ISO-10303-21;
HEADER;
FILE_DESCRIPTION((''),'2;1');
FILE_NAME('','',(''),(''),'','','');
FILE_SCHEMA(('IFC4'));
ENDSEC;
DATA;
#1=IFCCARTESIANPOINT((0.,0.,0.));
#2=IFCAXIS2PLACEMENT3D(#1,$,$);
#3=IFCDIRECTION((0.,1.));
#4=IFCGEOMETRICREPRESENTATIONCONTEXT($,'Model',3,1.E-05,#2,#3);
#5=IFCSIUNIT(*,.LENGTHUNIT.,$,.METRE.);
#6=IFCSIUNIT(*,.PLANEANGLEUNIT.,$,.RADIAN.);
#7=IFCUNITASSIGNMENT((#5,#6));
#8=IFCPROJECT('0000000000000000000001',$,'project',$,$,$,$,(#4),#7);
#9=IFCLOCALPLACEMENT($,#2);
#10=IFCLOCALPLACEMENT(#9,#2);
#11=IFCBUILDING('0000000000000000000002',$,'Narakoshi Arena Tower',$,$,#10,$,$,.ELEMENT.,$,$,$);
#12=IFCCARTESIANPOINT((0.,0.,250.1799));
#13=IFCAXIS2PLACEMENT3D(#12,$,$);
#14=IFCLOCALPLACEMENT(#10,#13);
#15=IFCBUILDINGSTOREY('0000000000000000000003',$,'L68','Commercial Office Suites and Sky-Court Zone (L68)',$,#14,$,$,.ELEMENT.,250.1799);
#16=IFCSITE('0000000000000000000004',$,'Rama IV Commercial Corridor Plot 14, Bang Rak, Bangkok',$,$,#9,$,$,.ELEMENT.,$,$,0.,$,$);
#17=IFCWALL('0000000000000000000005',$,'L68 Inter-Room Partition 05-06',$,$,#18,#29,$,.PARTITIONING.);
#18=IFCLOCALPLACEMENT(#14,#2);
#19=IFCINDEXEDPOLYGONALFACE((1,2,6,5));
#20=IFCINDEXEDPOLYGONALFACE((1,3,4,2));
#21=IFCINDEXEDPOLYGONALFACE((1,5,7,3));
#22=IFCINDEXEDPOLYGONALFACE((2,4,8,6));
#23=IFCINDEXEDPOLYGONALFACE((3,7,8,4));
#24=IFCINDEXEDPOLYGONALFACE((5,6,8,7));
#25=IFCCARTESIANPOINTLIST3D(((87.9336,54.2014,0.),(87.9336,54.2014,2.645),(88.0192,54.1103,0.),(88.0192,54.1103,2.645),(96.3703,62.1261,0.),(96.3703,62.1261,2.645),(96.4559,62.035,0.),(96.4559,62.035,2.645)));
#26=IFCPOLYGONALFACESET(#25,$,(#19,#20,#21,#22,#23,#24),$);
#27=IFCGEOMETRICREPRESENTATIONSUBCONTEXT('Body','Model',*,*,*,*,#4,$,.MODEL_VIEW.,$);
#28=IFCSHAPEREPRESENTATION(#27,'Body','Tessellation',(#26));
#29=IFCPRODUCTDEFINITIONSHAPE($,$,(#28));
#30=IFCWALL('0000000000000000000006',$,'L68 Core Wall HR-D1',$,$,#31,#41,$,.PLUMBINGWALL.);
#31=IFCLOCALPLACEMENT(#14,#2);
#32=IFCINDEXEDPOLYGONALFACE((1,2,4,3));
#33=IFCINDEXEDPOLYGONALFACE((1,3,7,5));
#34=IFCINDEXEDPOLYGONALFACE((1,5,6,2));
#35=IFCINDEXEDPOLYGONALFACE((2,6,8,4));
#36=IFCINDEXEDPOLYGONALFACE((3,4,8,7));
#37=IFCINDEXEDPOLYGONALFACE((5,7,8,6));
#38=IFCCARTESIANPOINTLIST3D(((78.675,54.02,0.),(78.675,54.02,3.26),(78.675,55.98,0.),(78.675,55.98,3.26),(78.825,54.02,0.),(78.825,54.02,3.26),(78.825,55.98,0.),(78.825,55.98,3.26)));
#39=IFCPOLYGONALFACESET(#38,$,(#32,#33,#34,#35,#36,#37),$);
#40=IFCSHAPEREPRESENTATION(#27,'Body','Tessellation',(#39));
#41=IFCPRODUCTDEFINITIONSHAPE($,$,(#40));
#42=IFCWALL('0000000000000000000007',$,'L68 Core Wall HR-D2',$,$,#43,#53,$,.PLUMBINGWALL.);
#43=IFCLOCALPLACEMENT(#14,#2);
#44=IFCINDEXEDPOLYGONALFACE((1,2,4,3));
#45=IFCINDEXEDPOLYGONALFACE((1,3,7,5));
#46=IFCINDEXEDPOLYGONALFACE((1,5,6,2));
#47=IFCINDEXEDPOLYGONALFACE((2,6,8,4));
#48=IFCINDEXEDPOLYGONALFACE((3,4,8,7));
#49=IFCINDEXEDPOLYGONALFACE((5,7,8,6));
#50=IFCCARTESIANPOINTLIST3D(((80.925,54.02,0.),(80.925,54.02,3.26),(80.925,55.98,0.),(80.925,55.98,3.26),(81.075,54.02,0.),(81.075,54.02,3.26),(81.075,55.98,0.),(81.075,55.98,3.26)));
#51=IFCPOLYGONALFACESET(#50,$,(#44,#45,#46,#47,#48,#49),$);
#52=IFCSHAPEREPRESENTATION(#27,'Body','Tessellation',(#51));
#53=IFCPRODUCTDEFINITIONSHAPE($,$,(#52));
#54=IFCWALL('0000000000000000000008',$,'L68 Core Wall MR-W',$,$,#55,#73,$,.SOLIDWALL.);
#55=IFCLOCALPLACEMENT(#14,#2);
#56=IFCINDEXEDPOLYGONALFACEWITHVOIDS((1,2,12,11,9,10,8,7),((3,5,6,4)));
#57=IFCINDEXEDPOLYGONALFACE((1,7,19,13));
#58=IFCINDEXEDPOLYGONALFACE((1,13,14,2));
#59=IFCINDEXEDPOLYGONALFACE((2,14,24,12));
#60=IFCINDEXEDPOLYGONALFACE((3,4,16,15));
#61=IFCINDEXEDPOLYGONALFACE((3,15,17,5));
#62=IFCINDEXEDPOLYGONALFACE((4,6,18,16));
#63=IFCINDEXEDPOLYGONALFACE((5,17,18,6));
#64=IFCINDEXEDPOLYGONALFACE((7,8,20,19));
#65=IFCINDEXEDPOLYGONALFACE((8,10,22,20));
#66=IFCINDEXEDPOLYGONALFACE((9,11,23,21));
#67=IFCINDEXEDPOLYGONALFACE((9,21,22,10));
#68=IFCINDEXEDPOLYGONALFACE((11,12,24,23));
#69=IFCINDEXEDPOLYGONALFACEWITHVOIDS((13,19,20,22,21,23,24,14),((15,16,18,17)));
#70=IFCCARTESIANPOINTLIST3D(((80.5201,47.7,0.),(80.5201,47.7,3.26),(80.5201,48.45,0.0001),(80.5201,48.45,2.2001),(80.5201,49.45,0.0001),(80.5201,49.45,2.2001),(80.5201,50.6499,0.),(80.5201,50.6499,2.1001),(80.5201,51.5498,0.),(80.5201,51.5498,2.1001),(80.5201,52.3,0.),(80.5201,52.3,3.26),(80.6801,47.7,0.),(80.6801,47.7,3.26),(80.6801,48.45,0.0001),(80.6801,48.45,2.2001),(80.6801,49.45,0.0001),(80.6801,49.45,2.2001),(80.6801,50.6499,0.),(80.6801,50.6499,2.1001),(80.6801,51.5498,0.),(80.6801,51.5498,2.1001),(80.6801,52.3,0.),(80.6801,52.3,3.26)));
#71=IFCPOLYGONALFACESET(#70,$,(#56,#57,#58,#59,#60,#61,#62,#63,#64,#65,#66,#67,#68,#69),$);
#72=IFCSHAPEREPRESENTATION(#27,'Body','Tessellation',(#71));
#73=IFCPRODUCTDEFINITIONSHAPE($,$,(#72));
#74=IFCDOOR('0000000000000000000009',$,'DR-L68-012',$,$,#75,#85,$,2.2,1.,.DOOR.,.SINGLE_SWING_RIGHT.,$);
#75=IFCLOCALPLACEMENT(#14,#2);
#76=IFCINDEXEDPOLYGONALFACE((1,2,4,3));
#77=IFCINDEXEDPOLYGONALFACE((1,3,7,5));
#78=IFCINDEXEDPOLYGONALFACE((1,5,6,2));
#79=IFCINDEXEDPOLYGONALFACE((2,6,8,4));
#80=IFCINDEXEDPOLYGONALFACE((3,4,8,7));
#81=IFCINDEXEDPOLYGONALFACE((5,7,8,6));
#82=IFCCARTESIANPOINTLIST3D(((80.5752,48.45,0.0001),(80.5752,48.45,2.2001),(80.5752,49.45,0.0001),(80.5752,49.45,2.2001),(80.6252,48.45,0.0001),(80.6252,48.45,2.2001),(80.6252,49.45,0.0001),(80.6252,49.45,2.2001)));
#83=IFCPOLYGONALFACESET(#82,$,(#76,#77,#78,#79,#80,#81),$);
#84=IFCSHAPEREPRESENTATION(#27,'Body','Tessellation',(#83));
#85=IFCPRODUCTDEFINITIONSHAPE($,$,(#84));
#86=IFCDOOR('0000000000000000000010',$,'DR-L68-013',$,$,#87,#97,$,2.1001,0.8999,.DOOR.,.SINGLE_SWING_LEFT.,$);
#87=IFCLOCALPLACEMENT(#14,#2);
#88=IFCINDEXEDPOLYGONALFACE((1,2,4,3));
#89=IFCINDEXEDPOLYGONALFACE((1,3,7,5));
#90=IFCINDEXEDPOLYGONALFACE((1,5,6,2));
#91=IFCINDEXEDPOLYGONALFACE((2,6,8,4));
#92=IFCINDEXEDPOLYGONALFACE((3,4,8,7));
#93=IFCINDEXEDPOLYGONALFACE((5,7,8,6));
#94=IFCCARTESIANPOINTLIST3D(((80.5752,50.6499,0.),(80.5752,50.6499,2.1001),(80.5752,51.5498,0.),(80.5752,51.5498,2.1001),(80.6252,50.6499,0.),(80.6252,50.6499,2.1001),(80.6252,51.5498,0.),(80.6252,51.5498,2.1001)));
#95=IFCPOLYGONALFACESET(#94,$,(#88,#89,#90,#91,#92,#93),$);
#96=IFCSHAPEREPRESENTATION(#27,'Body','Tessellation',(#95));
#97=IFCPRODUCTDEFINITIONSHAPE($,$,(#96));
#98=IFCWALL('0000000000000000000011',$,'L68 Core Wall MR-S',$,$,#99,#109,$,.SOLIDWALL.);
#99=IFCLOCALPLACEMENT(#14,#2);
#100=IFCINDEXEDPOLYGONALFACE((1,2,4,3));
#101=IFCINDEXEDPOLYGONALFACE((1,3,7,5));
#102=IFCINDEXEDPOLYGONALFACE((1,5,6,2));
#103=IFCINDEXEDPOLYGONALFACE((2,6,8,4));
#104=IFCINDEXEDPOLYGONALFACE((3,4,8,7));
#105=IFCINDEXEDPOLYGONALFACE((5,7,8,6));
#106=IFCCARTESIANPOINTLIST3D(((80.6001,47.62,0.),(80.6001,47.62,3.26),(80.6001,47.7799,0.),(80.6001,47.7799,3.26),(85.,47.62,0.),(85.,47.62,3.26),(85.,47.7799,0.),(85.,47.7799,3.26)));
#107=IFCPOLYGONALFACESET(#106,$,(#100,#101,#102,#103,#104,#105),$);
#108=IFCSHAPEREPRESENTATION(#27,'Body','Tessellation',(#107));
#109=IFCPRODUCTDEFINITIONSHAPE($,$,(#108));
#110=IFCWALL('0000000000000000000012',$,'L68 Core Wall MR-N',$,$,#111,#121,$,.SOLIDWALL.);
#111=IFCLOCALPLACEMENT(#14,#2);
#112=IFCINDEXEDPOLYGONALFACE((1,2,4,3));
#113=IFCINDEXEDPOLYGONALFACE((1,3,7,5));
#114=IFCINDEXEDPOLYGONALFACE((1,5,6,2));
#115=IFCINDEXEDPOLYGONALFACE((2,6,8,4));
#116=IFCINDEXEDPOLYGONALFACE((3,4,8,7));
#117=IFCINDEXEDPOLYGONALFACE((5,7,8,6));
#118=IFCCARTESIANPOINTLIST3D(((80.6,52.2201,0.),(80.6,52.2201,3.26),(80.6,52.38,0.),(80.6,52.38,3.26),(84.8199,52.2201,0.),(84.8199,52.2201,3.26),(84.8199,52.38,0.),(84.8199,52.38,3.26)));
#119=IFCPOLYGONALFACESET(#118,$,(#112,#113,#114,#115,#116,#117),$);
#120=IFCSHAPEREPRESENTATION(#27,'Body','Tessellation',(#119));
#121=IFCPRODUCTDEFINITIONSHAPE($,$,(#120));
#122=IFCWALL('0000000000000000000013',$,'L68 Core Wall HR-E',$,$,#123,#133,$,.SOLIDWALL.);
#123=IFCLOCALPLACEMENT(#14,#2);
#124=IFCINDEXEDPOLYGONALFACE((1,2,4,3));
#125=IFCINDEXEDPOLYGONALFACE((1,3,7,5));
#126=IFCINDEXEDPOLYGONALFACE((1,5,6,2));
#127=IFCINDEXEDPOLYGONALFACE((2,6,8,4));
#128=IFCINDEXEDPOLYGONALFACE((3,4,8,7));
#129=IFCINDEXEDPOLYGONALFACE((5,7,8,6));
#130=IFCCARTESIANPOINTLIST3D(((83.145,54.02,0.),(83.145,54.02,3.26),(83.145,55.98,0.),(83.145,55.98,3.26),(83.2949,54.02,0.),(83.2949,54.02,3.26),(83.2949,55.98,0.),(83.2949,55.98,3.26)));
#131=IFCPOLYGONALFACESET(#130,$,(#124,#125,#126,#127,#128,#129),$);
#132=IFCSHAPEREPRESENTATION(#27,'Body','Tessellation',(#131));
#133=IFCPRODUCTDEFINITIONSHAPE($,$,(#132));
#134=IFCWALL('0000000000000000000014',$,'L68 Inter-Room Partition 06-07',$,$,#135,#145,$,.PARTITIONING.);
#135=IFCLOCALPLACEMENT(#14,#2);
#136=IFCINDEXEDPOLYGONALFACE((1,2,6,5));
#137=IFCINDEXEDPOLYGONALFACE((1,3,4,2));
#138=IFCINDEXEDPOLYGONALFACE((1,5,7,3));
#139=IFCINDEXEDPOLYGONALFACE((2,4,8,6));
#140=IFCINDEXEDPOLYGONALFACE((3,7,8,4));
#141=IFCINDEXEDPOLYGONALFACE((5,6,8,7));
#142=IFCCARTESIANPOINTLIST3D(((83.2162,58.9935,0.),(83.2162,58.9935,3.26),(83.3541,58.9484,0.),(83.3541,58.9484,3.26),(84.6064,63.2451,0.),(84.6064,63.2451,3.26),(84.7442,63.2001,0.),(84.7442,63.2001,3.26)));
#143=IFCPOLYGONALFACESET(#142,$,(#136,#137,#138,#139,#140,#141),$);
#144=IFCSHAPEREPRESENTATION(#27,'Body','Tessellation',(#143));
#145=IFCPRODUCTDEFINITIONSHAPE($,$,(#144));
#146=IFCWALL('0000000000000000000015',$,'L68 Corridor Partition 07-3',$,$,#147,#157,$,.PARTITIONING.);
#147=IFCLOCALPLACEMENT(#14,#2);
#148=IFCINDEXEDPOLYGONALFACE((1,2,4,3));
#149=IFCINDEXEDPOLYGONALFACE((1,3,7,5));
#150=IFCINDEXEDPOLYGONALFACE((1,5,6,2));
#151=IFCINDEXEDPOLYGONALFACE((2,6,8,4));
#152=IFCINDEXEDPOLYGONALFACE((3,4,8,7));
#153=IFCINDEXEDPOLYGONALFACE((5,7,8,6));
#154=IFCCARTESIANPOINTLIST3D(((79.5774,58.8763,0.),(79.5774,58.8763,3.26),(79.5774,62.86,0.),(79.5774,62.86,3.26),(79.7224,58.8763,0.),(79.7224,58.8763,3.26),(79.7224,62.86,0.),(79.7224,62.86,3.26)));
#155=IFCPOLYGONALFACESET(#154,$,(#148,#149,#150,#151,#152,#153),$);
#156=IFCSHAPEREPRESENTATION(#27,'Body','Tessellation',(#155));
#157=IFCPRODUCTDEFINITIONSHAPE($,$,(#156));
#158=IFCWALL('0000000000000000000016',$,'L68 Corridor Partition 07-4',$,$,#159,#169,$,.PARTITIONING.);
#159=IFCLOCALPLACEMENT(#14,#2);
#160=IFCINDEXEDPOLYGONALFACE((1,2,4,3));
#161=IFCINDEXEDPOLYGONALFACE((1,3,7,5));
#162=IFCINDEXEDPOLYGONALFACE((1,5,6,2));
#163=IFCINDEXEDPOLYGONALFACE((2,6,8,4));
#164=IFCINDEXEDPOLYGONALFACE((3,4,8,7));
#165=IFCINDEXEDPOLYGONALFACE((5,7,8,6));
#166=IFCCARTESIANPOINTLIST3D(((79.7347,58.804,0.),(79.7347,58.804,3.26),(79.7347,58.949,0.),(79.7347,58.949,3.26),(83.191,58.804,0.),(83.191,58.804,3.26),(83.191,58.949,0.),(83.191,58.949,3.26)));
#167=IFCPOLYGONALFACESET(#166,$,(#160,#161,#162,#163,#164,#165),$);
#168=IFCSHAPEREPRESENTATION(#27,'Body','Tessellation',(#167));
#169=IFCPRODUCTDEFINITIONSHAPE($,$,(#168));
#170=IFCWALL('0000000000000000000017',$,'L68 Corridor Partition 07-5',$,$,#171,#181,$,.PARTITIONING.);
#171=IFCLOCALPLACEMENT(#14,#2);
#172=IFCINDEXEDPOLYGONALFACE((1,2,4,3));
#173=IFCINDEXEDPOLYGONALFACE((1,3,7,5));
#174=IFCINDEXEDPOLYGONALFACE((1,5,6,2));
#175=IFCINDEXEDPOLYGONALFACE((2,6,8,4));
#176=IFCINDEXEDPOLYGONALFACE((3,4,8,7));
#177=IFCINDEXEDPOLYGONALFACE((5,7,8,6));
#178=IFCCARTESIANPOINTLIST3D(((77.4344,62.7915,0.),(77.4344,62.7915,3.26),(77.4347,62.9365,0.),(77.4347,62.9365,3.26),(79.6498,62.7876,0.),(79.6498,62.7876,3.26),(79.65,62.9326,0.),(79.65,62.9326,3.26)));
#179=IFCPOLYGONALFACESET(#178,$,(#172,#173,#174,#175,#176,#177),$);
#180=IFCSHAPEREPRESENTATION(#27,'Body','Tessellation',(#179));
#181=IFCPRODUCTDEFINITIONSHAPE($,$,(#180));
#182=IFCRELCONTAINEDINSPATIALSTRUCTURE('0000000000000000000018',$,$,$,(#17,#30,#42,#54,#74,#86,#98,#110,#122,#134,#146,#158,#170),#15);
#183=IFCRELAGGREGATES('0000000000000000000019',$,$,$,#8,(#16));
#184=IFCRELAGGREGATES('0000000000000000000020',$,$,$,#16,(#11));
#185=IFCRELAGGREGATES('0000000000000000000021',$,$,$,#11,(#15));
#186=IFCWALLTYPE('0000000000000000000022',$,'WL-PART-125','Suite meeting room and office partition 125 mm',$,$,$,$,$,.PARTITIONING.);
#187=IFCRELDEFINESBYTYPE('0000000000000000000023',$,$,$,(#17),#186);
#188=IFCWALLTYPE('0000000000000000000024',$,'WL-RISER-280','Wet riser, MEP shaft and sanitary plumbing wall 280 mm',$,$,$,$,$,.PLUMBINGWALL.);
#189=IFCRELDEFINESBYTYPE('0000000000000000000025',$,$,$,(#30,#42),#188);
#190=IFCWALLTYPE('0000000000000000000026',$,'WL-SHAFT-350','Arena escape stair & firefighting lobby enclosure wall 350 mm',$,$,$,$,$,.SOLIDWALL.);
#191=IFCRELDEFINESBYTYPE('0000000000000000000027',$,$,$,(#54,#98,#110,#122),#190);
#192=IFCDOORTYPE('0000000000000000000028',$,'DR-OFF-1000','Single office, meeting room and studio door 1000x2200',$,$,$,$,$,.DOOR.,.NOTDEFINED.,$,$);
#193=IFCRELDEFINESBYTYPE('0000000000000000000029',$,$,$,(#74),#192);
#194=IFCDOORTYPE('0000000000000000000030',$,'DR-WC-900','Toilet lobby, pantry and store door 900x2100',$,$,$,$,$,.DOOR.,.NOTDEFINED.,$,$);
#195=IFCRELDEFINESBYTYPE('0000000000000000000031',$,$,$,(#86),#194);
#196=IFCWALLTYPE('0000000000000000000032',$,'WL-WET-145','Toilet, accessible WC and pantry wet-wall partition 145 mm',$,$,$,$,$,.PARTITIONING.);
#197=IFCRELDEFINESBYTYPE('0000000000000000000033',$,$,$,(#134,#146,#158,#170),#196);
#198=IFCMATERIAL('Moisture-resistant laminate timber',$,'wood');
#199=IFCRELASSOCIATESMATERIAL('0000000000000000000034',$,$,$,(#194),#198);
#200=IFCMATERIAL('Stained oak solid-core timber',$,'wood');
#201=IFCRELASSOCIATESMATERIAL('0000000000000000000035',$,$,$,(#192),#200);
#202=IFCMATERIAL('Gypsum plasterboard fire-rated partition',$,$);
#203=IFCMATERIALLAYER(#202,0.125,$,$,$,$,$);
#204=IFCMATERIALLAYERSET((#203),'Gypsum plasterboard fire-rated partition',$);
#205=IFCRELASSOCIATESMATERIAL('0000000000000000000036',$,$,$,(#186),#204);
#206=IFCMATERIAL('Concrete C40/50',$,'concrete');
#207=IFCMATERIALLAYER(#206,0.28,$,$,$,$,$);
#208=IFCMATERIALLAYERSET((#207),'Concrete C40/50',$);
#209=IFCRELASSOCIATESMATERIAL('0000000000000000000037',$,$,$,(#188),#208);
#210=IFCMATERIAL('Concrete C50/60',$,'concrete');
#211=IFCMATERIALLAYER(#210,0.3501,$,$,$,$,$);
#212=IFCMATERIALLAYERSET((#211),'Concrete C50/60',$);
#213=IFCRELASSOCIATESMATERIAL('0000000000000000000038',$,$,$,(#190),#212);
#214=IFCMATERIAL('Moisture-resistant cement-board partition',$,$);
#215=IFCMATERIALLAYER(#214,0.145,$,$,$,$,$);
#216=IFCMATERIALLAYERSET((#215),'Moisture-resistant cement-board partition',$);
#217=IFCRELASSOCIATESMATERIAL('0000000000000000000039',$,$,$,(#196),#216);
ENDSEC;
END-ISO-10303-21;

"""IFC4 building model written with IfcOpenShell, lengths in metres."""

from ifc_helpers import new_model, si_unit, direction, frame, frame_2d, origin, place, context, subcontext, project, spatial, rectangle, extrude, material, layer, layer_set, type_object, element, fill, save


model = new_model("IFC4")

# Units and contexts
model_context = context("Model", 3, precision=1e-05, world=origin(), true_north=direction((0.0, 1.0)))
body_context = subcontext(model_context, "Body", "Model", "MODEL_VIEW")
ifc_project = project(units=[si_unit("LENGTHUNIT", "METRE"), si_unit("PLANEANGLEUNIT", "RADIAN")], contexts=[model_context])

# Site, building, storey
site_placement = place(None, origin())
site = spatial("IfcSite", under=ifc_project, at=site_placement, Name="Rama IV Commercial Corridor Plot 14, Bang Rak, Bangkok", CompositionType="ELEMENT", RefElevation=0.0)
building_placement = place(site_placement, origin())
building = spatial("IfcBuilding", under=site, at=building_placement, Name="Narakoshi Arena Tower", CompositionType="ELEMENT")
storey_placement = place(building_placement, frame((0.0, 0.0, 250.1799)))
storey = spatial("IfcBuildingStorey", under=building, at=storey_placement, Name="L68", Description="Commercial Office Suites and Sky-Court Zone (L68)", CompositionType="ELEMENT", Elevation=250.1799)

# Shared definitions
ifc_material_1 = material(Name="Concrete C50/60", Category="concrete")

# Shared definitions
ifc_material_2 = material(Name="Gypsum plasterboard fire-rated partition")
ifc_material_3 = material(Name="Moisture-resistant laminate timber", Category="wood")
door_type_1 = type_object("IfcDoorType", Name="DR-WC-900", Description="Toilet lobby, pantry and store door 900x2100", OperationType="NOTDEFINED", PredefinedType="DOOR", material=ifc_material_3)

# Shared definitions
ifc_material_4 = material(Name="Stained oak solid-core timber", Category="wood")
door_type_2 = type_object("IfcDoorType", Name="DR-OFF-1000", Description="Single office, meeting room and studio door 1000x2200", OperationType="NOTDEFINED", PredefinedType="DOOR", material=ifc_material_4)

# Walls
ifc_layer_1 = layer(ifc_material_2, 0.125)
ifc_layer_set_1 = layer_set([ifc_layer_1], Name="Gypsum plasterboard fire-rated partition")
wall_type_1 = type_object("IfcWallType", Name="WL-PART-125", Description="Suite meeting room and office partition 125 mm", PredefinedType="PARTITIONING", material=ifc_layer_set_1)
wall_1_placement = place(storey_placement, frame((87.9763, 54.1558, 0.0), z_axis=(0.0, 0.0, 1.0), x_axis=(0.728876, 0.684646, 0.0)))
element("IfcWall", 1, at=wall_1_placement, inside=storey, type_object=wall_type_1, Name="L68 Inter-Room Partition 05-06", PredefinedType="PARTITIONING", context=body_context, shape_type="SweptSolid", body=[
    extrude(rectangle(XDim=11.575, YDim=0.125, at=frame_2d((5.7876, 0.0))), origin(), (0.0, 0.0, 1.0), 2.645),
])
ifc_material_5 = material(Name="Concrete C40/50", Category="concrete")
ifc_layer_2 = layer(ifc_material_5, 0.28)
ifc_layer_set_2 = layer_set([ifc_layer_2], Name="Concrete C40/50")
wall_type_2 = type_object("IfcWallType", Name="WL-RISER-280", Description="Wet riser, MEP shaft and sanitary plumbing wall 280 mm", PredefinedType="PLUMBINGWALL", material=ifc_layer_set_2)
for number, where, z_axis, x_axis, name in (
    (2, (78.75, 54.02, 0.0), (0.0, 0.0, 1.0), (0.0, 1.0, 0.0), "L68 Core Wall HR-D1"),
    (3, (81.0, 54.02, 0.0), (0.0, 0.0, 1.0), (0.0, 1.0, 0.0), "L68 Core Wall HR-D2"),
):
    element("IfcWall", number, at=place(storey_placement, frame(where, z_axis=z_axis, x_axis=x_axis)), inside=storey, type_object=wall_type_2, Name=name, PredefinedType="PLUMBINGWALL", context=body_context, shape_type="SweptSolid", body=[
        extrude(rectangle(XDim=1.96, YDim=0.1499, at=frame_2d((0.98, 0.0))), origin(), (0.0, 0.0, 1.0), 3.26),
    ])

# Wall, openings, doors
ifc_layer_3 = layer(ifc_material_1, 0.3501)
ifc_layer_set_3 = layer_set([ifc_layer_3], Name="Concrete C50/60")
wall_type_3 = type_object("IfcWallType", Name="WL-SHAFT-350", Description="Arena escape stair & firefighting lobby enclosure wall 350 mm", PredefinedType="SOLIDWALL", material=ifc_layer_set_3)
wall_2_placement = place(storey_placement, frame((80.6001, 47.7, 0.0), z_axis=(0.0, 0.0, 1.0), x_axis=(0.0, 1.0, 0.0)))
wall_2 = element("IfcWall", 4, at=wall_2_placement, inside=storey, type_object=wall_type_3, Name="L68 Core Wall MR-W", PredefinedType="SOLIDWALL", context=body_context, shape_type="SweptSolid", body=[
    extrude(rectangle(XDim=4.6001, YDim=0.1599, at=frame_2d((2.3, 0.0))), origin(), (0.0, 0.0, 1.0), 3.26),
])
opening_1_placement = place(wall_2_placement, frame((0.75, 0.0, 0.0)))
opening_1 = element("IfcOpeningElement", 5, at=opening_1_placement, cuts=wall_2, PredefinedType="OPENING", context=body_context, shape_type="SweptSolid", body=[
    extrude(rectangle(XDim=1.0, YDim=2.2, at=frame_2d((0.5, 1.1001))), frame((0.0, 0.0898, 0.0), z_axis=(0.0, -1.0, 0.0), x_axis=(1.0, 0.0, 0.0)), (0.0, 0.0, 1.0), 0.1799),
])
opening_2_placement = place(wall_2_placement, frame((2.95, 0.0, 0.0)))
opening_2 = element("IfcOpeningElement", 6, at=opening_2_placement, cuts=wall_2, PredefinedType="OPENING", context=body_context, shape_type="SweptSolid", body=[
    extrude(rectangle(XDim=0.8999, YDim=2.1001, at=frame_2d((0.45, 1.05))), frame((0.0, 0.0898, 0.0), z_axis=(0.0, -1.0, 0.0), x_axis=(1.0, 0.0, 0.0)), (0.0, 0.0, 1.0), 0.1799),
])
door_1_placement = place(opening_1_placement, origin())
door_1 = element("IfcDoor", 7, at=door_1_placement, inside=storey, type_object=door_type_2, Name="DR-L68-012", OperationType="SINGLE_SWING_RIGHT", OverallHeight=2.2, OverallWidth=1.0, PredefinedType="DOOR", context=body_context, shape_type="SweptSolid", body=[
    extrude(rectangle(XDim=1.0, YDim=2.2, at=frame_2d((0.5, 1.1001))), frame((0.0, 0.0249, 0.0), z_axis=(0.0, -1.0, 0.0), x_axis=(1.0, 0.0, 0.0)), (0.0, 0.0, 1.0), 0.05),
])
fill(opening_1, door_1)
door_2_placement = place(opening_2_placement, origin())
door_2 = element("IfcDoor", 8, at=door_2_placement, inside=storey, type_object=door_type_1, Name="DR-L68-013", OperationType="SINGLE_SWING_LEFT", OverallHeight=2.1001, OverallWidth=0.8999, PredefinedType="DOOR", context=body_context, shape_type="SweptSolid", body=[
    extrude(rectangle(XDim=0.8999, YDim=2.1001, at=frame_2d((0.45, 1.05))), frame((0.0, 0.0249, 0.0), z_axis=(0.0, -1.0, 0.0), x_axis=(1.0, 0.0, 0.0)), (0.0, 0.0, 1.0), 0.05),
])
fill(opening_2, door_2)

# Walls
wall_3_placement = place(storey_placement, frame((80.6001, 47.7, 0.0), z_axis=(0.0, 0.0, 1.0), x_axis=(1.0, 0.0, 0.0)))
element("IfcWall", 9, at=wall_3_placement, inside=storey, type_object=wall_type_3, Name="L68 Core Wall MR-S", PredefinedType="SOLIDWALL", context=body_context, shape_type="SweptSolid", body=[
    extrude(rectangle(XDim=4.3999, YDim=0.1599, at=frame_2d((2.2, 0.0))), origin(), (0.0, 0.0, 1.0), 3.26),
])
wall_4_placement = place(storey_placement, frame((80.6001, 52.3, 0.0), z_axis=(0.0, 0.0, 1.0), x_axis=(1.0, 0.0, 0.0)))
element("IfcWall", 10, at=wall_4_placement, inside=storey, type_object=wall_type_3, Name="L68 Core Wall MR-N", PredefinedType="SOLIDWALL", context=body_context, shape_type="SweptSolid", body=[
    extrude(rectangle(XDim=4.22, YDim=0.1599, at=frame_2d((2.1099, 0.0))), origin(), (0.0, 0.0, 1.0), 3.26),
])
wall_5_placement = place(storey_placement, frame((83.22, 54.02, 0.0), z_axis=(0.0, 0.0, 1.0), x_axis=(0.0, 1.0, 0.0)))
element("IfcWall", 11, at=wall_5_placement, inside=storey, type_object=wall_type_3, Name="L68 Core Wall HR-E", PredefinedType="SOLIDWALL", context=body_context, shape_type="SweptSolid", body=[
    extrude(rectangle(XDim=1.96, YDim=0.1499, at=frame_2d((0.98, 0.0))), origin(), (0.0, 0.0, 1.0), 3.26),
])
ifc_material_6 = material(Name="Moisture-resistant cement-board partition")
ifc_layer_4 = layer(ifc_material_6, 0.145)
ifc_layer_set_4 = layer_set([ifc_layer_4], Name="Moisture-resistant cement-board partition")
wall_type_4 = type_object("IfcWallType", Name="WL-WET-145", Description="Toilet, accessible WC and pantry wet-wall partition 145 mm", PredefinedType="PARTITIONING", material=ifc_layer_set_4)
wall_6_placement = place(storey_placement, frame((83.2852, 58.9709, 0.0), z_axis=(0.0, 0.0, 1.0), x_axis=(0.31077, 0.950485, 0.0)))
element("IfcWall", 12, at=wall_6_placement, inside=storey, type_object=wall_type_4, Name="L68 Inter-Room Partition 06-07", PredefinedType="PARTITIONING", context=body_context, shape_type="SweptSolid", body=[
    extrude(rectangle(XDim=4.4731, YDim=0.145, at=frame_2d((2.2366, 0.0))), origin(), (0.0, 0.0, 1.0), 3.26),
])
wall_7_placement = place(storey_placement, frame((79.6499, 58.8765, 0.0), z_axis=(0.0, 0.0, 1.0), x_axis=(0.0, 1.0, 0.0)))
element("IfcWall", 13, at=wall_7_placement, inside=storey, type_object=wall_type_4, Name="L68 Corridor Partition 07-3", PredefinedType="PARTITIONING", context=body_context, shape_type="SweptSolid", body=[
    extrude(rectangle(XDim=3.9836, YDim=0.145, at=frame_2d((1.9917, 0.0))), origin(), (0.0, 0.0, 1.0), 3.26),
])
wall_8_placement = place(storey_placement, frame((83.1909, 58.8765, 0.0), z_axis=(0.0, 0.0, 1.0), x_axis=(-1.0, 0.0, 0.0)))
element("IfcWall", 14, at=wall_8_placement, inside=storey, type_object=wall_type_4, Name="L68 Corridor Partition 07-4", PredefinedType="PARTITIONING", context=body_context, shape_type="SweptSolid", body=[
    extrude(rectangle(XDim=3.4563, YDim=0.145, at=frame_2d((1.728, 0.0))), origin(), (0.0, 0.0, 1.0), 3.26),
])
wall_9_placement = place(storey_placement, frame((79.6499, 62.8601, 0.0), z_axis=(0.0, 0.0, 1.0), x_axis=(-0.999998, 0.001763, 0.0)))
element("IfcWall", 15, at=wall_9_placement, inside=storey, type_object=wall_type_4, Name="L68 Corridor Partition 07-5", PredefinedType="PARTITIONING", context=body_context, shape_type="SweptSolid", body=[
    extrude(rectangle(XDim=2.2153, YDim=0.145, at=frame_2d((1.1077, 0.0))), origin(), (0.0, 0.0, 1.0), 3.26),
])

save(model, "model.ifc")
